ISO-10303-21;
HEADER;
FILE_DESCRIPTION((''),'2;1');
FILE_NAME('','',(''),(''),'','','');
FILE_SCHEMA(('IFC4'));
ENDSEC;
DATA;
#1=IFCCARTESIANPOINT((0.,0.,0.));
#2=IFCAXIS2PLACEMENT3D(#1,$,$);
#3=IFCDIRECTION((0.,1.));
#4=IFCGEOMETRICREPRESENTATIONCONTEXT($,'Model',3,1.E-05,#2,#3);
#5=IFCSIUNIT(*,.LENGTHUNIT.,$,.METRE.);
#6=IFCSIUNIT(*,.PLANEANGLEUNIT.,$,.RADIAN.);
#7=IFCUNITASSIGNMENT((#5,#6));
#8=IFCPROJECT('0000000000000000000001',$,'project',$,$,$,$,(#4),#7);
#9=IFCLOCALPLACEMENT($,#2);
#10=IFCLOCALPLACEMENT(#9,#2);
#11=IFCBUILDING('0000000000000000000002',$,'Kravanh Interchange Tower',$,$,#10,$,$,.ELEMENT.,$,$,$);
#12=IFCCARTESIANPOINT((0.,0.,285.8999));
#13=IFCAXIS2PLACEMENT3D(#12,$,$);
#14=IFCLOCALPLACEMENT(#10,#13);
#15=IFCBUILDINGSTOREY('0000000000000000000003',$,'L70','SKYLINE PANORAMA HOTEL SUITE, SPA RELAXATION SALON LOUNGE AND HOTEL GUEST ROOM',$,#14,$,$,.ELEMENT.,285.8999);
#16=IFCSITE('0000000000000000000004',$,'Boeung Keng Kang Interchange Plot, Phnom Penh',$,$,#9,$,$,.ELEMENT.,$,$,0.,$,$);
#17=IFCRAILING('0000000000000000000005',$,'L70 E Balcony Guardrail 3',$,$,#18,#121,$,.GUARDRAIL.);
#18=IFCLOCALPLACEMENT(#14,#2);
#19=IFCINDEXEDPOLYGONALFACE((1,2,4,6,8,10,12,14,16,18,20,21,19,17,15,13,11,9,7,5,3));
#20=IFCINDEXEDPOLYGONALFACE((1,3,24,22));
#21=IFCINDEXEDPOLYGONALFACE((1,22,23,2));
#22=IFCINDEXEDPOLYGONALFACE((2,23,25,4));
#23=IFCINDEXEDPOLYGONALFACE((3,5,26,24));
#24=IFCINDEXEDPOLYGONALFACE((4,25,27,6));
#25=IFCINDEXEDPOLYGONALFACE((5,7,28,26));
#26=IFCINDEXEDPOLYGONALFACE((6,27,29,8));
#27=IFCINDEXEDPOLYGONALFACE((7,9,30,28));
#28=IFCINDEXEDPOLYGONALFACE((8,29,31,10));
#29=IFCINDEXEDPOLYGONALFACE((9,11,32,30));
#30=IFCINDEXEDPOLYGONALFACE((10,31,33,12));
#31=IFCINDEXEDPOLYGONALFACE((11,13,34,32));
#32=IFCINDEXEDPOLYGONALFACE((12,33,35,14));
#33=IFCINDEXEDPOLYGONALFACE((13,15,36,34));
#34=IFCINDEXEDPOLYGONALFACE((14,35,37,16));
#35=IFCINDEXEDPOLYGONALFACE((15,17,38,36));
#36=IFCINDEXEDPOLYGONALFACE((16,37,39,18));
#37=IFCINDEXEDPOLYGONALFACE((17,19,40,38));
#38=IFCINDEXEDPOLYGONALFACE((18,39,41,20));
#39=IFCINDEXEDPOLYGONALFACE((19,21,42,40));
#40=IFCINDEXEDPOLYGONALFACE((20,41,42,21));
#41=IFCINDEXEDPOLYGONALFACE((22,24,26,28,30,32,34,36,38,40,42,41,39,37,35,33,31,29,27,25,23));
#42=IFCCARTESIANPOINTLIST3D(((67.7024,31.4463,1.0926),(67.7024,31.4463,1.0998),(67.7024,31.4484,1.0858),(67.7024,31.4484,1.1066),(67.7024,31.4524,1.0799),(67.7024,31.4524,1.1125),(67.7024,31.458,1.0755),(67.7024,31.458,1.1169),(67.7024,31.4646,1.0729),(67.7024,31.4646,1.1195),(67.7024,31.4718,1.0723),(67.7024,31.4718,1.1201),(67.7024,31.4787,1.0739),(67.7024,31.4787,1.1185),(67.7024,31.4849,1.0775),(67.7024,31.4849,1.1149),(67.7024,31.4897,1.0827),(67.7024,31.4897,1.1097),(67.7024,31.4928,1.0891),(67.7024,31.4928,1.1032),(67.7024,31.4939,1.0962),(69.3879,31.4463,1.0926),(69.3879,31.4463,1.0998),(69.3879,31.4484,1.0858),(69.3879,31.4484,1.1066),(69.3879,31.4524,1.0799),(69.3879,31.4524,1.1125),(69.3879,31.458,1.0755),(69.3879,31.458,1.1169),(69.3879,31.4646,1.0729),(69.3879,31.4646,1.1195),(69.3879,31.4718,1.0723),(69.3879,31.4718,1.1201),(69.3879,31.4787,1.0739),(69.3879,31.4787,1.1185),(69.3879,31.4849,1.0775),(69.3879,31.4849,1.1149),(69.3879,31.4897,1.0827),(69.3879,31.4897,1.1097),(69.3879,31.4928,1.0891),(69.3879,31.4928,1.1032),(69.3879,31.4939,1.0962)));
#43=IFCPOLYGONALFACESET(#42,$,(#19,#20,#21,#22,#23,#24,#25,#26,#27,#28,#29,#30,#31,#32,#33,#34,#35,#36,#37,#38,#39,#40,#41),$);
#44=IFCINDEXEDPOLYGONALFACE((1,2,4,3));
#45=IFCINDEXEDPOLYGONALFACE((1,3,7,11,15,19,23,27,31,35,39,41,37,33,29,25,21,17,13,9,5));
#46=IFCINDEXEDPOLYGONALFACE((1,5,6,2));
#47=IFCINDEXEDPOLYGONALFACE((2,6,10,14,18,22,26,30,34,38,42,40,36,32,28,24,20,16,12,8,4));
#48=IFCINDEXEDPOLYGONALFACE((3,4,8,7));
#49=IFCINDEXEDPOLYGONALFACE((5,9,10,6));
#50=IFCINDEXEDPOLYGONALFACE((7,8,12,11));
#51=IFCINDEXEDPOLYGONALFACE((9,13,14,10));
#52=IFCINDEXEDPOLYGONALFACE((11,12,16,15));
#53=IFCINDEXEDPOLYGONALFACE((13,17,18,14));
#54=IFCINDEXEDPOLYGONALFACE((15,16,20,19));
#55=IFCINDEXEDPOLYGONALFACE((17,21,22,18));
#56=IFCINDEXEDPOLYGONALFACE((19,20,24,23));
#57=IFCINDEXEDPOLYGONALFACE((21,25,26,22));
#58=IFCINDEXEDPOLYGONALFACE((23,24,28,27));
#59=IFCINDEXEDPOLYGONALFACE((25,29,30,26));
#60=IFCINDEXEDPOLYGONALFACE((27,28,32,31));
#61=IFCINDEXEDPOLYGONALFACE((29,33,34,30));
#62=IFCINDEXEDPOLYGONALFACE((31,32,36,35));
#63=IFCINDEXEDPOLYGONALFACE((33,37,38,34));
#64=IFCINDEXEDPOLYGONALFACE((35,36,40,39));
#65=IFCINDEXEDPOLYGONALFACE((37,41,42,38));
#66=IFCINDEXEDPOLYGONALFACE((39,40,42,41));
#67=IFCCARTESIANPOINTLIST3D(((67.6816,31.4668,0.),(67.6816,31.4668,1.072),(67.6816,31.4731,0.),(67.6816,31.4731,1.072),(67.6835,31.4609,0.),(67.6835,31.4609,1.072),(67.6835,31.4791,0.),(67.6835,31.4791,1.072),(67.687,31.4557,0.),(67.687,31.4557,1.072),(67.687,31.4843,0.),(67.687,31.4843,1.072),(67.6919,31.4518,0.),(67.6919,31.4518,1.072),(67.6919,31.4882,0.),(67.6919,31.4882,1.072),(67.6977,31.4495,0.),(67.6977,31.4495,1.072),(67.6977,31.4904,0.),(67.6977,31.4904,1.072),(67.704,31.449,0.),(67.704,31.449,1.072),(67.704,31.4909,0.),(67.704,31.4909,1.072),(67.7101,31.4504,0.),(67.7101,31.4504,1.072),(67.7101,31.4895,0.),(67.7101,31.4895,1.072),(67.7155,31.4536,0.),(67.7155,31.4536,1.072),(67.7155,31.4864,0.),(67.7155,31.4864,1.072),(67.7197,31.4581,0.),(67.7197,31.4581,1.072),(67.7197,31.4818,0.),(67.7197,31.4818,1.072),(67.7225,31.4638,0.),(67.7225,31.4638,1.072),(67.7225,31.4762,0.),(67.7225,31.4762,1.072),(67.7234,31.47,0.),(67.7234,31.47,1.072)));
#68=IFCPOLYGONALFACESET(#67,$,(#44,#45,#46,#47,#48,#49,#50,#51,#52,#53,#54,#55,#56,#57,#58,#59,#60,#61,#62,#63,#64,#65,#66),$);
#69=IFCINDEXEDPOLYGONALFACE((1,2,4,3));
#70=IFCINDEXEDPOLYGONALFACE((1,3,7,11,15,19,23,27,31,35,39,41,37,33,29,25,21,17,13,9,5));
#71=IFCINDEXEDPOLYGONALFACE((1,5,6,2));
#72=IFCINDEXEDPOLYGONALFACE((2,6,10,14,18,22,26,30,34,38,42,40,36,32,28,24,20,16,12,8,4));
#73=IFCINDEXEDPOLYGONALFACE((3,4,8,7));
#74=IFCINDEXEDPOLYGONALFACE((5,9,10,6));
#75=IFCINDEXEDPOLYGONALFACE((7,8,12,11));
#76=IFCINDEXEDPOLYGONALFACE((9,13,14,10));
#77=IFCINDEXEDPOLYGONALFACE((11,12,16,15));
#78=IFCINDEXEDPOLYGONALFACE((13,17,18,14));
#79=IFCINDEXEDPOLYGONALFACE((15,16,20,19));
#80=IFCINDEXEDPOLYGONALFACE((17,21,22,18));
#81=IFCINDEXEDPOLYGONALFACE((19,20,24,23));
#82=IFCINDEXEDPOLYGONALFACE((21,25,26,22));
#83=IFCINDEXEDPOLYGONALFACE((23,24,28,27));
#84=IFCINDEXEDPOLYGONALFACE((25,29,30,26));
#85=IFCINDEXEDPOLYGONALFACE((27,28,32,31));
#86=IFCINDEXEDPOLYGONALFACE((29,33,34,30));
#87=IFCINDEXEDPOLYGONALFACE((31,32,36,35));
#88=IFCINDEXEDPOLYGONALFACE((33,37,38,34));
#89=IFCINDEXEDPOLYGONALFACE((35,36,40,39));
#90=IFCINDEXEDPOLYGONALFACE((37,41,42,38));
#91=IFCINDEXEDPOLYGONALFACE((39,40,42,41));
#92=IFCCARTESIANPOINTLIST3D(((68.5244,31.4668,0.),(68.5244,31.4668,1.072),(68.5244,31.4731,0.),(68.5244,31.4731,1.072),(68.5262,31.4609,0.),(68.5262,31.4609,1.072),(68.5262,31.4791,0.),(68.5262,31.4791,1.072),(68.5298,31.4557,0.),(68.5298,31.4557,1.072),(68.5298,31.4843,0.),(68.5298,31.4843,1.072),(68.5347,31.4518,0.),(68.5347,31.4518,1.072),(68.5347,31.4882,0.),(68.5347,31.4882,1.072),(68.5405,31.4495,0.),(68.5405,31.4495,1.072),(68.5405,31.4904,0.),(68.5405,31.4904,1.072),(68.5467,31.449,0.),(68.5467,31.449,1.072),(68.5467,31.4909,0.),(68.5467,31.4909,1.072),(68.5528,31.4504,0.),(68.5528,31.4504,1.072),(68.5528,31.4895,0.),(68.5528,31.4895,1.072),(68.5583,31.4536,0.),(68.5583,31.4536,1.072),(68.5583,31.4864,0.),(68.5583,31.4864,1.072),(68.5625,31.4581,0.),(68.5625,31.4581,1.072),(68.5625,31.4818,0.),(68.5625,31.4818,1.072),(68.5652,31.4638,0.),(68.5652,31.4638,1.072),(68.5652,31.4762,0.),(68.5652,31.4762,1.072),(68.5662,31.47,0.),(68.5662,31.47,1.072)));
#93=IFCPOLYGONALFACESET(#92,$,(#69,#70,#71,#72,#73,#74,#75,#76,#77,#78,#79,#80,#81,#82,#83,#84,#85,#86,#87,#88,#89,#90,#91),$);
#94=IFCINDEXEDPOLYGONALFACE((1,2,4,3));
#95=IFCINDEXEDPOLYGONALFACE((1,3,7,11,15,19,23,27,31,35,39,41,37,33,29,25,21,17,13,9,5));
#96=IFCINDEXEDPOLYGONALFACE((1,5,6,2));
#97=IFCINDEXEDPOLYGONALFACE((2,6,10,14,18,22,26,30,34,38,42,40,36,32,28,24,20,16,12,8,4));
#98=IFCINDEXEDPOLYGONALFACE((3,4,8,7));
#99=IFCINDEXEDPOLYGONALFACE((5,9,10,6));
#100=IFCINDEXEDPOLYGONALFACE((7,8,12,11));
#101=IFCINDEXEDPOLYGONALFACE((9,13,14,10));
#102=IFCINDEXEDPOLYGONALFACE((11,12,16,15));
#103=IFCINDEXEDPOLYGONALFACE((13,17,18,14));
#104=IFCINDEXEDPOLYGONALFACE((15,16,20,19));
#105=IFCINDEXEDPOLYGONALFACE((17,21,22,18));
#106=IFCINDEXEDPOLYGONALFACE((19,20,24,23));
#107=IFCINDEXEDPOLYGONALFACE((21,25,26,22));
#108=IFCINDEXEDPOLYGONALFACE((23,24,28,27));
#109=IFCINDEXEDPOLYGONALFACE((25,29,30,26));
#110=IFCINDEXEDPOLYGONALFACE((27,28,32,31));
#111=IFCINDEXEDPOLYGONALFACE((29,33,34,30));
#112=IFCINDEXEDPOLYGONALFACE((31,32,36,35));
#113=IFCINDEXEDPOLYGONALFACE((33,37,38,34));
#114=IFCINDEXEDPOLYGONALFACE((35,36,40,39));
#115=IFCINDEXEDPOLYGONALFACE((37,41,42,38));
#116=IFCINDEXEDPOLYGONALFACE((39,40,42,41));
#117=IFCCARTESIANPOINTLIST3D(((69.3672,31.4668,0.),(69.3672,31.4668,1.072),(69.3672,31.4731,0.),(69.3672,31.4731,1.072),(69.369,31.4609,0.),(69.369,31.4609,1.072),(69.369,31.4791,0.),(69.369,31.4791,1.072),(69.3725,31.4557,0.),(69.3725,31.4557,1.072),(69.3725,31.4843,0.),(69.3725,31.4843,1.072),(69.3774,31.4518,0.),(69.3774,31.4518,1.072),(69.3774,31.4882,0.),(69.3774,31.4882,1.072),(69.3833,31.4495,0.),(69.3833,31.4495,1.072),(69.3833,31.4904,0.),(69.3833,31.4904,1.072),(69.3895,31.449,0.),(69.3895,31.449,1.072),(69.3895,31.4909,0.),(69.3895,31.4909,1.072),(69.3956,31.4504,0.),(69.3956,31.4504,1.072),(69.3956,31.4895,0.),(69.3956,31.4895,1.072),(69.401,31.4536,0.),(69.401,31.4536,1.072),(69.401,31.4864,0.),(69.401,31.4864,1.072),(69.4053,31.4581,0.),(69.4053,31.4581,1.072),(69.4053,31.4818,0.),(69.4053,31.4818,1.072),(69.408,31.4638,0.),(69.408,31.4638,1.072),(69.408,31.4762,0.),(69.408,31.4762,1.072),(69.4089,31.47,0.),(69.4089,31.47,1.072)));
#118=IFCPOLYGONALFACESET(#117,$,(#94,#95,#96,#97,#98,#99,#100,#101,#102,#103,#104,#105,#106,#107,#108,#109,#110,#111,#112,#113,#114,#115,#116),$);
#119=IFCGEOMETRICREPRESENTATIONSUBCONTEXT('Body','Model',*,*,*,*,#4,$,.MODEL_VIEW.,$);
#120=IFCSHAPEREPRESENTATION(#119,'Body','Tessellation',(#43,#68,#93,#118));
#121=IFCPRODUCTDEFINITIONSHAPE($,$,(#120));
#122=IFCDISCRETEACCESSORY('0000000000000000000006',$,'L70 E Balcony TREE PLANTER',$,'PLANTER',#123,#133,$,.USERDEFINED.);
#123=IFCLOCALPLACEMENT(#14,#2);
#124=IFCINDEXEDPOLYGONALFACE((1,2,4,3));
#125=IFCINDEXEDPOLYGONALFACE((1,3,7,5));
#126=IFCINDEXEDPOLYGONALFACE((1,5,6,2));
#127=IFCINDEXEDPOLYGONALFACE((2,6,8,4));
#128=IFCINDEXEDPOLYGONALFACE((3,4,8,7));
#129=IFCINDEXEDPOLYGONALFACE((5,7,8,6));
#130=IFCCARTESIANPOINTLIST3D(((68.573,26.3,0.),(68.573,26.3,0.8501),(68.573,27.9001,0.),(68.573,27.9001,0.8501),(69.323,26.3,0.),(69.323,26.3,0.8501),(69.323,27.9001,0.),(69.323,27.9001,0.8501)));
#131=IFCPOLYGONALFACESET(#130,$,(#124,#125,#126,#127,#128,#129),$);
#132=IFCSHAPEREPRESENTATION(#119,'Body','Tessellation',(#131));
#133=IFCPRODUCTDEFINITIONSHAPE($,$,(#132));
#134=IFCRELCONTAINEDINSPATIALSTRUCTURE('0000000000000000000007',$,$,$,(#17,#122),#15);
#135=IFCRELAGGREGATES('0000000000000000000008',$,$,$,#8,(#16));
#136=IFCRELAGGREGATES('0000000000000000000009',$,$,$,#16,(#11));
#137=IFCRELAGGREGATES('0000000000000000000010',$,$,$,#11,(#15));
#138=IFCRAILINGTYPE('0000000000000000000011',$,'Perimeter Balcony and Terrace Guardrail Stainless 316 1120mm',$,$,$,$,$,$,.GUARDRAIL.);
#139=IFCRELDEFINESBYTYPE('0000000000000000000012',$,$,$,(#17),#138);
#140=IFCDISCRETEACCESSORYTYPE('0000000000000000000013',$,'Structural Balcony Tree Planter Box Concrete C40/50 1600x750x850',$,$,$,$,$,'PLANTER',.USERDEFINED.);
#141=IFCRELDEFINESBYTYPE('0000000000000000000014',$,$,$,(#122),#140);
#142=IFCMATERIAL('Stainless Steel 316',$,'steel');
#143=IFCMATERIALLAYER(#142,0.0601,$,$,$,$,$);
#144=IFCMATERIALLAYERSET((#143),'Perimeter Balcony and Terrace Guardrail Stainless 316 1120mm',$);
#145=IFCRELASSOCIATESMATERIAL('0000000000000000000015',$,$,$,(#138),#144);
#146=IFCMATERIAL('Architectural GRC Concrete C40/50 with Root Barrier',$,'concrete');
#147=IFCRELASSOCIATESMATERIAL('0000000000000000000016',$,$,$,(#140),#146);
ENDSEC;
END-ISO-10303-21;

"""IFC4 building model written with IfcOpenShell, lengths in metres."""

from ifc_helpers import new_model, si_unit, direction, frame, origin, origin_2d, place, context, subcontext, project, spatial, rectangle, circle, extrude, material, layer, layer_set, type_object, element, save


model = new_model("IFC4")

# Units and contexts
model_context = context("Model", 3, precision=1e-05, world=origin(), true_north=direction((0.0, 1.0)))
body_context = subcontext(model_context, "Body", "Model", "MODEL_VIEW")
ifc_project = project(units=[si_unit("LENGTHUNIT", "METRE"), si_unit("PLANEANGLEUNIT", "RADIAN")], contexts=[model_context])

# Site, building, storey
site_placement = place(None, origin())
site = spatial("IfcSite", under=ifc_project, at=site_placement, Name="Boeung Keng Kang Interchange Plot, Phnom Penh", CompositionType="ELEMENT", RefElevation=0.0)
building_placement = place(site_placement, origin())
building = spatial("IfcBuilding", under=site, at=building_placement, Name="Kravanh Interchange Tower", CompositionType="ELEMENT")
storey_placement = place(building_placement, frame((0.0, 0.0, 285.8999)))
storey = spatial("IfcBuildingStorey", under=building, at=storey_placement, Name="L70", Description="SKYLINE PANORAMA HOTEL SUITE, SPA RELAXATION SALON LOUNGE AND HOTEL GUEST ROOM", CompositionType="ELEMENT", Elevation=285.8999)

# Railing
ifc_material_1 = material(Name="Stainless Steel 316", Category="steel")
ifc_layer_1 = layer(ifc_material_1, 0.0601)
ifc_layer_set_1 = layer_set([ifc_layer_1], Name="Perimeter Balcony and Terrace Guardrail Stainless 316 1120mm")
railing_type = type_object("IfcRailingType", Name="Perimeter Balcony and Terrace Guardrail Stainless 316 1120mm", PredefinedType="GUARDRAIL", material=ifc_layer_set_1)
railing_1_placement = place(storey_placement, frame((67.7024, 31.47, 0.0)))
element("IfcRailing", 1, at=railing_1_placement, inside=storey, type_object=railing_type, Name="L70 E Balcony Guardrail 3", PredefinedType="GUARDRAIL", context=body_context, shape_type="SweptSolid", body=[
    extrude(circle(Radius=0.0239, at=origin_2d()), frame((0.0, 0.0, 1.0962), z_axis=(1.0, 0.0, 0.0), x_axis=(0.0, 1.0, 0.0)), (0.0, 0.0, 1.0), 1.6855),
    extrude(circle(Radius=0.021, at=origin_2d()), origin(), (0.0, 0.0, 1.0), 1.072),
    extrude(circle(Radius=0.021, at=origin_2d()), frame((0.8428, 0.0, 0.0)), (0.0, 0.0, 1.0), 1.072),
    extrude(circle(Radius=0.021, at=origin_2d()), frame((1.6855, 0.0, 0.0)), (0.0, 0.0, 1.0), 1.072),
])

# Discrete accessory
ifc_material_2 = material(Name="Architectural GRC Concrete C40/50 with Root Barrier", Category="concrete")
discrete_accessory_type = type_object("IfcDiscreteAccessoryType", Name="Structural Balcony Tree Planter Box Concrete C40/50 1600x750x850", ElementType="PLANTER", PredefinedType="USERDEFINED", material=ifc_material_2)
discrete_accessory_placement = place(storey_placement, frame((68.948, 27.1001, 0.0), z_axis=(0.0, 0.0, 1.0), x_axis=(1.0, 0.0, 0.0)))
element("IfcDiscreteAccessory", 2, at=discrete_accessory_placement, inside=storey, type_object=discrete_accessory_type, Name="L70 E Balcony TREE PLANTER", ObjectType="PLANTER", PredefinedType="USERDEFINED", context=body_context, shape_type="SweptSolid", body=[
    extrude(rectangle(XDim=0.75, YDim=1.6001, at=origin_2d()), origin(), (0.0, 0.0, 1.0), 0.8501),
])

save(model, "model.ifc")
